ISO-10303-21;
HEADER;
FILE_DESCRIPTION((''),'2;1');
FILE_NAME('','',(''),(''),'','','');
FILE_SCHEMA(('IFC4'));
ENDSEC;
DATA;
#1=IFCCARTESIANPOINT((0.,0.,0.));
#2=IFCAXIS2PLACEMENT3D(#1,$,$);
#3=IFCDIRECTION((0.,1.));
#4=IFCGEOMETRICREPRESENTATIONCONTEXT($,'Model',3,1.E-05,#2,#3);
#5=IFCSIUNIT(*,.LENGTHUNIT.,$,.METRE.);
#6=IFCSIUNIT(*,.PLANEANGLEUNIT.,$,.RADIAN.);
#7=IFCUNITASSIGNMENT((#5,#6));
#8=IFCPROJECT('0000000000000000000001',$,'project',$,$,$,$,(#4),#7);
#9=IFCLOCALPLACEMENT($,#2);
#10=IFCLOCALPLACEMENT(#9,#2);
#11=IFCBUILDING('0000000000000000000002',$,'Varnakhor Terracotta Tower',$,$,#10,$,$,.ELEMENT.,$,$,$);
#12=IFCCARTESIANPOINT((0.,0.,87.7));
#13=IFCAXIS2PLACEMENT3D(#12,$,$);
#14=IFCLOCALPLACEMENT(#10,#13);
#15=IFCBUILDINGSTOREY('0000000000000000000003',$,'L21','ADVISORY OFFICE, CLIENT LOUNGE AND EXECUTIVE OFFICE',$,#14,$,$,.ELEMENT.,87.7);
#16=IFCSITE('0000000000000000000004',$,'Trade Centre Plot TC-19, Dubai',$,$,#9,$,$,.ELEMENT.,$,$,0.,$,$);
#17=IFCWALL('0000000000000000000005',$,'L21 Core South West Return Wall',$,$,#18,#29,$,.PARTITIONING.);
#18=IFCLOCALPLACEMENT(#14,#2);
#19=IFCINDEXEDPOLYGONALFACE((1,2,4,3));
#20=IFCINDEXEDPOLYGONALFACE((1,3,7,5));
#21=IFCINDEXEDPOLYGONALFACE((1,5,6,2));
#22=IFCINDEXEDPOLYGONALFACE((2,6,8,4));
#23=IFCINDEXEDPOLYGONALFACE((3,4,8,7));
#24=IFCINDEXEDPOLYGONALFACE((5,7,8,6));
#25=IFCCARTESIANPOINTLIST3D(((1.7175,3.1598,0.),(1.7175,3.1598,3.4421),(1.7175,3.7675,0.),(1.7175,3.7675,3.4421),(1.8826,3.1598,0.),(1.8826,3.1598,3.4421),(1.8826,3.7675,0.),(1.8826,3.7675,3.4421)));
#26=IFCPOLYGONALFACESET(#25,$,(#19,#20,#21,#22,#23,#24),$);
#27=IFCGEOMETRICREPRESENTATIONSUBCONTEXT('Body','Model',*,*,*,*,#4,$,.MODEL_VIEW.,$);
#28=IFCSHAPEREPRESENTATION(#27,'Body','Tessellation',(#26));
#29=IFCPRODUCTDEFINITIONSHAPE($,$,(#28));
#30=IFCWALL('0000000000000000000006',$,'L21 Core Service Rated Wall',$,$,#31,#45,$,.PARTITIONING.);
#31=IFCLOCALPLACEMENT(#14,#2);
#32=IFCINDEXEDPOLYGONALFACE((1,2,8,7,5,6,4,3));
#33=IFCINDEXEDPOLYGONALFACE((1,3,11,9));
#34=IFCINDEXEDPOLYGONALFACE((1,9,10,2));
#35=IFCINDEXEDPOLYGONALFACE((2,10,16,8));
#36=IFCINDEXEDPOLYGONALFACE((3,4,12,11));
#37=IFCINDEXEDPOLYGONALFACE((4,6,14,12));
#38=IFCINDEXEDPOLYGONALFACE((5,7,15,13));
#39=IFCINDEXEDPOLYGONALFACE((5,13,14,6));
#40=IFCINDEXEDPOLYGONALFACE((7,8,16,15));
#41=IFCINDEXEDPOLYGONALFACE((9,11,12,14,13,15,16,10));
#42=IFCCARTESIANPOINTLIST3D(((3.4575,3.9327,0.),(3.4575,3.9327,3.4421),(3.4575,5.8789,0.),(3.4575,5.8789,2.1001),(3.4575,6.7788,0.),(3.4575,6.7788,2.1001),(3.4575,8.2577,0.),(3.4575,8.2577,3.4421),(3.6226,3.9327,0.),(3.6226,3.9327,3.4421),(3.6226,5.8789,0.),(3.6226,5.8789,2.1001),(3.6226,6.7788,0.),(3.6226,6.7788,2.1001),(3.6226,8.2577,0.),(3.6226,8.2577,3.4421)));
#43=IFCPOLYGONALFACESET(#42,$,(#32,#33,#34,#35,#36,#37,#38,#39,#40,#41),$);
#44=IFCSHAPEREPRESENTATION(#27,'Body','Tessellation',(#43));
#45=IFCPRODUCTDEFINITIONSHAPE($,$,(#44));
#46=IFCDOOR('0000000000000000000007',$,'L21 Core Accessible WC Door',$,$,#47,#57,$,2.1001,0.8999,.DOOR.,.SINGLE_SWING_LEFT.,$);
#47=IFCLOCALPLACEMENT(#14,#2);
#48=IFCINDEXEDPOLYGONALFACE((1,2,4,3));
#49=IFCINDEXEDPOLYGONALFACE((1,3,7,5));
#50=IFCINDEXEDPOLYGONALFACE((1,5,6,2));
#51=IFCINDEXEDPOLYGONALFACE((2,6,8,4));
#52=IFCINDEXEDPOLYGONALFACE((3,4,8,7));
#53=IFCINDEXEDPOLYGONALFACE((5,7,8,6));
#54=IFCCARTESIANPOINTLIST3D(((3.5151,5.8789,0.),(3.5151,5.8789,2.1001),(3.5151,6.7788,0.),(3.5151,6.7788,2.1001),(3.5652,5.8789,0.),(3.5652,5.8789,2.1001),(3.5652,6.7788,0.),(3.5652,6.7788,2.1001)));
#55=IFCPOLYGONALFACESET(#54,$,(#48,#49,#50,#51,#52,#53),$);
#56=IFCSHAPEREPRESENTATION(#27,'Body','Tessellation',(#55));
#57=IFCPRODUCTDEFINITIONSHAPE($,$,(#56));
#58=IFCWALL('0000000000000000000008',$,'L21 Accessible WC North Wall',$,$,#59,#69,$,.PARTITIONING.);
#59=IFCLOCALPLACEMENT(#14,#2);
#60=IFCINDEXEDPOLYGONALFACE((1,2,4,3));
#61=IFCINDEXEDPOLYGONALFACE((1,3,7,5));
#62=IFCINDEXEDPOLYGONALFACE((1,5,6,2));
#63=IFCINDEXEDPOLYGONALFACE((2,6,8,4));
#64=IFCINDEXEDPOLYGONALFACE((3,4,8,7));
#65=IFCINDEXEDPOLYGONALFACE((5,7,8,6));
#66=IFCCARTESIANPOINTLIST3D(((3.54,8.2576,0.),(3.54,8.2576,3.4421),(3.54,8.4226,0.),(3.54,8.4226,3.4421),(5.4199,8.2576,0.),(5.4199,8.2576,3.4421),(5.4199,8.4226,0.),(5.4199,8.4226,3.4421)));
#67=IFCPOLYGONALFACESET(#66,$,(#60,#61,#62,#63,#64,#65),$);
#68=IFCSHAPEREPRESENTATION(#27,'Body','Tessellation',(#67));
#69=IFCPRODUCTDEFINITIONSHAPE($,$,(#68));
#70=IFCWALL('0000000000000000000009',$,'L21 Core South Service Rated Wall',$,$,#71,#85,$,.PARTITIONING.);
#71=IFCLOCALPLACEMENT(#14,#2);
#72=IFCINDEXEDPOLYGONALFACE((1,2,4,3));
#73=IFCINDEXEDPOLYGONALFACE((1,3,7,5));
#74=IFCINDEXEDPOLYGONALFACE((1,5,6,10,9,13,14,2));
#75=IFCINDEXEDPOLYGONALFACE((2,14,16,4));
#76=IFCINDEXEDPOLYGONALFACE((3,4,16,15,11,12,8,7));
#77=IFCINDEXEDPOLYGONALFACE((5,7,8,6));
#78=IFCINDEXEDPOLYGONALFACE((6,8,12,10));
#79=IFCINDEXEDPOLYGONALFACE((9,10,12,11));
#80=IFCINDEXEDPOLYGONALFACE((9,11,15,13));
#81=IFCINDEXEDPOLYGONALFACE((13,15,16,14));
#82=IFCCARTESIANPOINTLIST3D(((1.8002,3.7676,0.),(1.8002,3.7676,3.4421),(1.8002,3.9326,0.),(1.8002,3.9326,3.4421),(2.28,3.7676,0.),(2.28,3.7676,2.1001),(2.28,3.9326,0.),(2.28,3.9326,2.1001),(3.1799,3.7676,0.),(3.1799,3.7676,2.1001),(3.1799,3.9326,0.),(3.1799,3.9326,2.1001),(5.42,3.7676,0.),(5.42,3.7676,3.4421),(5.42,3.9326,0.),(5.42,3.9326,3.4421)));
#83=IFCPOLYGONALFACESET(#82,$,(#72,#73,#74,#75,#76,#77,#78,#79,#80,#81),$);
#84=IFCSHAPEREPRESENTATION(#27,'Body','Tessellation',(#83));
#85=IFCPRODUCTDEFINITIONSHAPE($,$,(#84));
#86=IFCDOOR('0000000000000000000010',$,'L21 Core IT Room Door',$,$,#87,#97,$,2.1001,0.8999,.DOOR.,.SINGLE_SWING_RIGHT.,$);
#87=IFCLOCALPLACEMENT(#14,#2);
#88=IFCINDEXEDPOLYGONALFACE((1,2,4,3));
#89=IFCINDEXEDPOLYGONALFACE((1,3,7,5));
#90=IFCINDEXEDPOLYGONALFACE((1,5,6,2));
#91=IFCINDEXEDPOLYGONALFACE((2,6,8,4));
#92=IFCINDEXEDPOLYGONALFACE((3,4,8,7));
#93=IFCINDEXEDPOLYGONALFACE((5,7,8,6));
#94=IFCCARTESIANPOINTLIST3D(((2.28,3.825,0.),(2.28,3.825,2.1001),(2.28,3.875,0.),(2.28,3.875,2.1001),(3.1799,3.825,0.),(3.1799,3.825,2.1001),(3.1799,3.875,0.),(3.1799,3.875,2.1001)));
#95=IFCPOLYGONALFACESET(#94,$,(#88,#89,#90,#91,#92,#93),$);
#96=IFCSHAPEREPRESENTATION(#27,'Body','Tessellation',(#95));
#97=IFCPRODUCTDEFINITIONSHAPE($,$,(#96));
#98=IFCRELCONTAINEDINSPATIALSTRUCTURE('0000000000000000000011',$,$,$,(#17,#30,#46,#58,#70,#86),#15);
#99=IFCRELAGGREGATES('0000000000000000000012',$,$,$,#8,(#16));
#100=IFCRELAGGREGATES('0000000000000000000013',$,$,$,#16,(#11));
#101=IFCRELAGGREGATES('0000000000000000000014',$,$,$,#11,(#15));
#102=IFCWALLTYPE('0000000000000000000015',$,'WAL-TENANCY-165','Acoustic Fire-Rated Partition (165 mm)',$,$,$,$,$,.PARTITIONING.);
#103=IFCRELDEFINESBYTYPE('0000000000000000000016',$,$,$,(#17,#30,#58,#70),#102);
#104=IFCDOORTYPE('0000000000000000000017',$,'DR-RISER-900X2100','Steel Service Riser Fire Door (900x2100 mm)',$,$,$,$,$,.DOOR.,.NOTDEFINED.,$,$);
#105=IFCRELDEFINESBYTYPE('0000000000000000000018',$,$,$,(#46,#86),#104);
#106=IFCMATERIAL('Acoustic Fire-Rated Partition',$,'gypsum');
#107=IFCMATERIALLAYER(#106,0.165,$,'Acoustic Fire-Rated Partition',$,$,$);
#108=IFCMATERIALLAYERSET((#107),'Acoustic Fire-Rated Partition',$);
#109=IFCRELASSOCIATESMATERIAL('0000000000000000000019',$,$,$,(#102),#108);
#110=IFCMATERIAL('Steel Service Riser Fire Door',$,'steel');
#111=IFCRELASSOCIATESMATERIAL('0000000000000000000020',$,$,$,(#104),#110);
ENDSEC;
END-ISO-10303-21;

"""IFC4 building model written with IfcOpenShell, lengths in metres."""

from ifc_helpers import new_model, si_unit, direction, frame, frame_2d, origin, place, context, subcontext, project, spatial, rectangle, extrude, source, transform, mapped, material, layer, layer_set, type_object, type_shapes, element, fill, save


model = new_model("IFC4")

# Units and contexts
model_context = context("Model", 3, precision=1e-05, world=origin(), true_north=direction((0.0, 1.0)))
body_context = subcontext(model_context, "Body", "Model", "MODEL_VIEW")
ifc_project = project(units=[si_unit("LENGTHUNIT", "METRE"), si_unit("PLANEANGLEUNIT", "RADIAN")], contexts=[model_context])

# Site, building, storey
site_placement = place(None, origin())
site = spatial("IfcSite", under=ifc_project, at=site_placement, Name="Trade Centre Plot TC-19, Dubai", CompositionType="ELEMENT", RefElevation=0.0)
building_placement = place(site_placement, origin())
building = spatial("IfcBuilding", under=site, at=building_placement, Name="Varnakhor Terracotta Tower", CompositionType="ELEMENT")
storey_placement = place(building_placement, frame((0.0, 0.0, 87.7)))
storey = spatial("IfcBuildingStorey", under=building, at=storey_placement, Name="L21", Description="ADVISORY OFFICE, CLIENT LOUNGE AND EXECUTIVE OFFICE", CompositionType="ELEMENT", Elevation=87.7)

# Wall
ifc_material_1 = material(Name="Acoustic Fire-Rated Partition", Category="gypsum")
ifc_layer_1 = layer(ifc_material_1, 0.165, Name="Acoustic Fire-Rated Partition")
ifc_layer_set_1 = layer_set([ifc_layer_1], Name="Acoustic Fire-Rated Partition")
wall_type_1 = type_object("IfcWallType", Name="WAL-TENANCY-165", Description="Acoustic Fire-Rated Partition (165 mm)", PredefinedType="PARTITIONING", material=ifc_layer_set_1)
wall_1_placement = place(storey_placement, frame((1.8, 3.1599, 0.0), z_axis=(0.0, 0.0, 1.0), x_axis=(0.0, 1.0, 0.0)))
element("IfcWall", 1, at=wall_1_placement, inside=storey, type_object=wall_type_1, Name="L21 Core South West Return Wall", PredefinedType="PARTITIONING", context=body_context, shape_type="SweptSolid", body=[
    extrude(rectangle(XDim=0.6077, YDim=0.165, at=frame_2d((0.3037, 0.0))), origin(), (0.0, 0.0, 1.0), 3.4421),
])

# Wall, opening, door
wall_2_placement = place(storey_placement, frame((3.54, 3.9326, 0.0), z_axis=(0.0, 0.0, 1.0), x_axis=(0.0, 1.0, 0.0)))
wall_2 = element("IfcWall", 2, at=wall_2_placement, inside=storey, type_object=wall_type_1, Name="L21 Core Service Rated Wall", PredefinedType="PARTITIONING", context=body_context, shape_type="SweptSolid", body=[
    extrude(rectangle(XDim=4.325, YDim=0.165, at=frame_2d((2.1626, 0.0))), origin(), (0.0, 0.0, 1.0), 3.4421),
])
opening_1_placement = place(wall_2_placement, frame((1.9463, 0.0, 0.0)))
opening_1 = element("IfcOpeningElement", 3, at=opening_1_placement, cuts=wall_2, PredefinedType="OPENING", context=body_context, shape_type="SweptSolid", body=[
    extrude(rectangle(XDim=0.8999, YDim=2.1001, at=frame_2d((0.45, 1.05))), frame((0.0, 0.0925, 0.0), z_axis=(0.0, -1.0, 0.0), x_axis=(1.0, 0.0, 0.0)), (0.0, 0.0, 1.0), 0.1851),
])
ifc_material_2 = material(Name="Steel Service Riser Fire Door", Category="steel")
door_type_1 = type_object("IfcDoorType", Name="DR-RISER-900X2100", Description="Steel Service Riser Fire Door (900x2100 mm)", OperationType="NOTDEFINED", PredefinedType="DOOR", material=ifc_material_2)
shared_shape_1 = source(origin(), body_context, "Body", "SweptSolid", [
    extrude(rectangle(XDim=0.8999, YDim=2.1001, at=frame_2d((0.45, 1.05))), frame((0.0, 0.0249, 0.0), z_axis=(0.0, -1.0, 0.0), x_axis=(1.0, 0.0, 0.0)), (0.0, 0.0, 1.0), 0.05),
])
type_shapes(door_type_1, [shared_shape_1])
door_1_placement = place(opening_1_placement, origin())
door_1 = element("IfcDoor", 4, at=door_1_placement, inside=storey, type_object=door_type_1, Name="L21 Core Accessible WC Door", OperationType="SINGLE_SWING_LEFT", OverallHeight=2.1001, OverallWidth=0.8999, PredefinedType="DOOR", context=body_context, shape_type="MappedRepresentation", body=[
    mapped(shared_shape_1, transform((0.0, 0.0, 0.0), scale=1.0)),
])
fill(opening_1, door_1)

# Wall
wall_3_placement = place(storey_placement, frame((3.54, 8.3401, 0.0), z_axis=(0.0, 0.0, 1.0), x_axis=(1.0, 0.0, 0.0)))
element("IfcWall", 5, at=wall_3_placement, inside=storey, type_object=wall_type_1, Name="L21 Accessible WC North Wall", PredefinedType="PARTITIONING", context=body_context, shape_type="SweptSolid", body=[
    extrude(rectangle(XDim=1.8799, YDim=0.165, at=frame_2d((0.9399, 0.0))), origin(), (0.0, 0.0, 1.0), 3.4421),
])

# Wall, opening, door
wall_4_placement = place(storey_placement, frame((1.8, 3.8501, 0.0), z_axis=(0.0, 0.0, 1.0), x_axis=(1.0, 0.0, 0.0)))
wall_4 = element("IfcWall", 6, at=wall_4_placement, inside=storey, type_object=wall_type_1, Name="L21 Core South Service Rated Wall", PredefinedType="PARTITIONING", context=body_context, shape_type="SweptSolid", body=[
    extrude(rectangle(XDim=3.6199, YDim=0.165, at=frame_2d((1.8101, 0.0))), origin(), (0.0, 0.0, 1.0), 3.4421),
])
opening_2_placement = place(wall_4_placement, frame((0.48, 0.0, 0.0)))
opening_2 = element("IfcOpeningElement", 7, at=opening_2_placement, cuts=wall_4, PredefinedType="OPENING", context=body_context, shape_type="SweptSolid", body=[
    extrude(rectangle(XDim=0.8999, YDim=2.1001, at=frame_2d((0.45, 1.05))), frame((0.0, 0.0925, 0.0), z_axis=(0.0, -1.0, 0.0), x_axis=(1.0, 0.0, 0.0)), (0.0, 0.0, 1.0), 0.1851),
])
door_2_placement = place(opening_2_placement, origin())
door_2 = element("IfcDoor", 8, at=door_2_placement, inside=storey, type_object=door_type_1, Name="L21 Core IT Room Door", OperationType="SINGLE_SWING_RIGHT", OverallHeight=2.1001, OverallWidth=0.8999, PredefinedType="DOOR", context=body_context, shape_type="MappedRepresentation", body=[
    mapped(shared_shape_1, transform((0.0, 0.0, 0.0), scale=1.0)),
])
fill(opening_2, door_2)

save(model, "model.ifc")
